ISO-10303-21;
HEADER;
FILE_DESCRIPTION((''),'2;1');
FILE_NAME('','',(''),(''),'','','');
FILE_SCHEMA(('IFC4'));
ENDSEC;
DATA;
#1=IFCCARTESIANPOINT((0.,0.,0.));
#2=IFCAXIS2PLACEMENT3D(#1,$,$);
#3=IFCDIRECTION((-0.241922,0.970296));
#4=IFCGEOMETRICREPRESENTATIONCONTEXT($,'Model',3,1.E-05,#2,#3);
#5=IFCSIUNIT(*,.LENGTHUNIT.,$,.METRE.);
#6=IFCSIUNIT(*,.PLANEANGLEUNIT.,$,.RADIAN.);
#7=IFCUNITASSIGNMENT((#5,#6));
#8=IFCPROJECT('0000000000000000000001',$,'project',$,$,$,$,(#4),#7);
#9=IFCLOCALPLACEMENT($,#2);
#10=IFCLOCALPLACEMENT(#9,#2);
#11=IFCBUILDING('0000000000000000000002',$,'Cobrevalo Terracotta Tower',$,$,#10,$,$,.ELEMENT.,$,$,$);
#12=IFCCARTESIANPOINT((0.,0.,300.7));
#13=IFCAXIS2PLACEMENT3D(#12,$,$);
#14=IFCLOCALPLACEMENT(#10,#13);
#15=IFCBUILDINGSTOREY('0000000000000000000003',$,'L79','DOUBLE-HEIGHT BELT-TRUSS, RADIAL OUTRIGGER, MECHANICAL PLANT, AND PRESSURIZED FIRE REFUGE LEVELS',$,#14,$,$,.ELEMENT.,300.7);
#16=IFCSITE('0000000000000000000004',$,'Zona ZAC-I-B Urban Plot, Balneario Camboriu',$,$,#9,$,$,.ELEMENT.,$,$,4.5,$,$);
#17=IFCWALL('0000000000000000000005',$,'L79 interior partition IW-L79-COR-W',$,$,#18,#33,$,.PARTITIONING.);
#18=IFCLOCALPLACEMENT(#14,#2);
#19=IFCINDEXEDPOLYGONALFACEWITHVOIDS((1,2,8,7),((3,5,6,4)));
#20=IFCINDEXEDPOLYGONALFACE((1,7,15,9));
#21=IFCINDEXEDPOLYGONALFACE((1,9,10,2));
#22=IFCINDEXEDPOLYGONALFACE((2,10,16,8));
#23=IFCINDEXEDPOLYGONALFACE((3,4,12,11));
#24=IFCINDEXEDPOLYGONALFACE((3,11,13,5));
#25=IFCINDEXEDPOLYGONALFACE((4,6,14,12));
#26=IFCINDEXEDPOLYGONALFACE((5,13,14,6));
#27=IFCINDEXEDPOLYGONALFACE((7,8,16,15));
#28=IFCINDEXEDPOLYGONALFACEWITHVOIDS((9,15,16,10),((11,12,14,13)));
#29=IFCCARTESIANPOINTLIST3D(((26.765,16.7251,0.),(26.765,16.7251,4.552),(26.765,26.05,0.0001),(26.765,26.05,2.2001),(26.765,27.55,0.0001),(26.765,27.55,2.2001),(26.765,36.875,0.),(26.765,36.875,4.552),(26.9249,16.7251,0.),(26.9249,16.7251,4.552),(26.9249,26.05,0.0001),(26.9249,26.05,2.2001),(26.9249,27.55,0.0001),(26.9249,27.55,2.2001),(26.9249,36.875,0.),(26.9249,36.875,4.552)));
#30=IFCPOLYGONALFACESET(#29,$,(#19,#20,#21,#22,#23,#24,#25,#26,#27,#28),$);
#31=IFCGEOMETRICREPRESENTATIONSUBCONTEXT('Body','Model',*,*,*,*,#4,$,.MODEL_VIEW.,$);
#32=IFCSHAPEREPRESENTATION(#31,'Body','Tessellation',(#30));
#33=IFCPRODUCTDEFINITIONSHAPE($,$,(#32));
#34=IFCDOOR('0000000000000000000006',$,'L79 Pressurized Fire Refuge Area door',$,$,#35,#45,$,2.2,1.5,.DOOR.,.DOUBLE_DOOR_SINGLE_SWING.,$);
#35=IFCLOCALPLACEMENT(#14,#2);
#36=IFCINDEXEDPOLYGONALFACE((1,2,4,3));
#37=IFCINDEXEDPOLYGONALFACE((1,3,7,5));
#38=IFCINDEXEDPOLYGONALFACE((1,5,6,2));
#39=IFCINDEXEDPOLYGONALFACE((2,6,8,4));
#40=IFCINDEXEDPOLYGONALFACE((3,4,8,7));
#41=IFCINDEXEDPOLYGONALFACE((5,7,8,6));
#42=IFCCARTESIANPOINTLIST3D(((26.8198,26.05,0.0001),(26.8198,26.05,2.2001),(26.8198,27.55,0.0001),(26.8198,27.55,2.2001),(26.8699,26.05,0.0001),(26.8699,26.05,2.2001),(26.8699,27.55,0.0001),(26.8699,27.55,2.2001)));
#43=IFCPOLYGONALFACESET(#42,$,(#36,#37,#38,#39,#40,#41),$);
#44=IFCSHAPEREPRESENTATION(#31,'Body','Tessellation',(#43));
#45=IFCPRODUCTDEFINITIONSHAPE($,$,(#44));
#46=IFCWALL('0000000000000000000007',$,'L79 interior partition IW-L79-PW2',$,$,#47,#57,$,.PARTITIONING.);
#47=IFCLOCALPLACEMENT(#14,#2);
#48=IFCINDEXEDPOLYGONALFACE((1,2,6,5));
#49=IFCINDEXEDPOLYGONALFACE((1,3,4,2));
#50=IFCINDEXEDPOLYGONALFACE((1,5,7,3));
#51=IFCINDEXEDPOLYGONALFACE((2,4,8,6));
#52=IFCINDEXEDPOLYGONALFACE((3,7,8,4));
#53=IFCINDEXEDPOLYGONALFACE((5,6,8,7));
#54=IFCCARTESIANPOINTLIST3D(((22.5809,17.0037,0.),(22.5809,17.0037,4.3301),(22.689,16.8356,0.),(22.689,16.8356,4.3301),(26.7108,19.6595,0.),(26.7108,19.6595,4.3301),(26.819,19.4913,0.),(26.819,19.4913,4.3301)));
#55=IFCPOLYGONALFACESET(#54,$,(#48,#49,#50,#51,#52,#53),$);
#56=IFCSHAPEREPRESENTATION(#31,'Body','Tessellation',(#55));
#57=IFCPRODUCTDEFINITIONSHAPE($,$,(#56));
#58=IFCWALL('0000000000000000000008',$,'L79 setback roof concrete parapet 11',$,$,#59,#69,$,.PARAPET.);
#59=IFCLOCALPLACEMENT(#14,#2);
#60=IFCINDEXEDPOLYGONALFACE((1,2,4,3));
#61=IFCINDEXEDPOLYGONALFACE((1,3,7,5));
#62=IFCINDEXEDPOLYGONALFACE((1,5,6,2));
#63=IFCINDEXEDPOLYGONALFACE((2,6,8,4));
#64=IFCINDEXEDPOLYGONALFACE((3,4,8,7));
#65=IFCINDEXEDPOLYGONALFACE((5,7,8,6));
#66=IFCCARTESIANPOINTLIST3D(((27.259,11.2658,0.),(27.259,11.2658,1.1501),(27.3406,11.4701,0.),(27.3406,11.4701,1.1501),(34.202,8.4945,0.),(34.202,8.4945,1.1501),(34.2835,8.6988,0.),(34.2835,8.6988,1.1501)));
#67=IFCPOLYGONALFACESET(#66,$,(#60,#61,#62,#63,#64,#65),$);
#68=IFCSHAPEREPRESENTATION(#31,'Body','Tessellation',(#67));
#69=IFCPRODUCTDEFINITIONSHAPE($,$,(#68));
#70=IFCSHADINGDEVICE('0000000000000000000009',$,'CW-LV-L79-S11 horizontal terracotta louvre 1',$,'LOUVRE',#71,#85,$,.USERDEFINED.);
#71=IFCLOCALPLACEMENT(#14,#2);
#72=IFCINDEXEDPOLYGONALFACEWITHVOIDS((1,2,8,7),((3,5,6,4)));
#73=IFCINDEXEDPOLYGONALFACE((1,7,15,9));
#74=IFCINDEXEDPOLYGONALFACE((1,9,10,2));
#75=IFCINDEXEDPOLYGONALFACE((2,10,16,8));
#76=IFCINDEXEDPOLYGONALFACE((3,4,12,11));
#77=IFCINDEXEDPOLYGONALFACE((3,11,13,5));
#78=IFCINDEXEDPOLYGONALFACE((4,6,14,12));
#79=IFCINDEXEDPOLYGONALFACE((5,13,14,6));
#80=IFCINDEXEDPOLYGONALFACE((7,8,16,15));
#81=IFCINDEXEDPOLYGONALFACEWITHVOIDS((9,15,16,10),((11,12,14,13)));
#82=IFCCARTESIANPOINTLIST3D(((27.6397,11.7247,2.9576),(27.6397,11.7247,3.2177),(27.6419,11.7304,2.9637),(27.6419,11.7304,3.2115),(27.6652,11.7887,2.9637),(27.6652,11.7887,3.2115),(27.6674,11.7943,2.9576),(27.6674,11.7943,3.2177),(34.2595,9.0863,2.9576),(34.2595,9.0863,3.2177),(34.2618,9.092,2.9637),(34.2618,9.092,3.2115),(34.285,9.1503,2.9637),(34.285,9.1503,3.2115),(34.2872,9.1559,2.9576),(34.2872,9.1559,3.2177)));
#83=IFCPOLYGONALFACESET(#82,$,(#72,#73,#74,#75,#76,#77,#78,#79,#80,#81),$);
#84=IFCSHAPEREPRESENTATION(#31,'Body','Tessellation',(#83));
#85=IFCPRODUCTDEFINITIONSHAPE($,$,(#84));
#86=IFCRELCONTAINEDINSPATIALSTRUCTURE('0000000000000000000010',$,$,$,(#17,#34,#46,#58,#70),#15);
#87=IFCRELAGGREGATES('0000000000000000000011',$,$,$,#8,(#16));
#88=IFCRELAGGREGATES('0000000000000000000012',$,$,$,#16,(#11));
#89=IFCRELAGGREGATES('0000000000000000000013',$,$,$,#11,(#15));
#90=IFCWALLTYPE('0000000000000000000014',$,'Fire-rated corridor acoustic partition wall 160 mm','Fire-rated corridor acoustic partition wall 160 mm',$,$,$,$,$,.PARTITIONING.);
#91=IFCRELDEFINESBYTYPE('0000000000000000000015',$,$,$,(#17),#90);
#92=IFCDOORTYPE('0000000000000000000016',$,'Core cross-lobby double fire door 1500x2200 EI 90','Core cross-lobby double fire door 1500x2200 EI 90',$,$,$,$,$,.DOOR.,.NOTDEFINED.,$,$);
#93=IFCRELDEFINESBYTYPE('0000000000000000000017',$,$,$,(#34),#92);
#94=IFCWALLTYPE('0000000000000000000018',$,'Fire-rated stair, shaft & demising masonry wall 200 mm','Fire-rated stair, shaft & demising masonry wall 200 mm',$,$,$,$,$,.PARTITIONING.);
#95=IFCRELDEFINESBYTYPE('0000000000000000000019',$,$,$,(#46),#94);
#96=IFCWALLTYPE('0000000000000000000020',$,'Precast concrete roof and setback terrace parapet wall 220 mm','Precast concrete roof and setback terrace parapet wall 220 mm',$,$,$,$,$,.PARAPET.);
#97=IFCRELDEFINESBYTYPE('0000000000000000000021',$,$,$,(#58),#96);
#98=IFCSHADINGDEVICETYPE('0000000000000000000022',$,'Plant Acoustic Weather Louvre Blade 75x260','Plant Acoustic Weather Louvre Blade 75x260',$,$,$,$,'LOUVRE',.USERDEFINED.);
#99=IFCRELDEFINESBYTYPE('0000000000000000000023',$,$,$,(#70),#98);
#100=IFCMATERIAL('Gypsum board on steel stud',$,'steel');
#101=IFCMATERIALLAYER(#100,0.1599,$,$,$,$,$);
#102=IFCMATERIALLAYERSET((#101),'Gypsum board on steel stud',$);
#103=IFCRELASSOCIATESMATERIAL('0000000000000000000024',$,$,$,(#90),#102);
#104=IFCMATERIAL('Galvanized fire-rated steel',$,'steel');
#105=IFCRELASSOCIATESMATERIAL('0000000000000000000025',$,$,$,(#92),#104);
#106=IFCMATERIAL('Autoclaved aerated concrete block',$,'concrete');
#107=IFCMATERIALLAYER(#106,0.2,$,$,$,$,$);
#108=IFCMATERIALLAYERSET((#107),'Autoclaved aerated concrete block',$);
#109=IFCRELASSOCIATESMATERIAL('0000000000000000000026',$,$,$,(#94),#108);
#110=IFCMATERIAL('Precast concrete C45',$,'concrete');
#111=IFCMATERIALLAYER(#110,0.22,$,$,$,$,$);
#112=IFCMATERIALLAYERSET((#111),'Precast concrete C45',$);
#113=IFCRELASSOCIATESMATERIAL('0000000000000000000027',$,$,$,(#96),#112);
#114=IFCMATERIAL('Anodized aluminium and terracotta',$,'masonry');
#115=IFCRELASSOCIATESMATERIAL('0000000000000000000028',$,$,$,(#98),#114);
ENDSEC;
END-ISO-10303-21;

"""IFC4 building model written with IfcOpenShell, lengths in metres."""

from ifc_helpers import new_model, si_unit, direction, frame, frame_2d, origin, origin_2d, place, context, subcontext, project, spatial, rectangle, hollow_rectangle, extrude, source, transform, mapped, material, layer, layer_set, material_profile, profile_set, type_object, element, fill, save


model = new_model("IFC4")

# Units and contexts
model_context = context("Model", 3, precision=1e-05, world=origin(), true_north=direction((-0.241922, 0.970296)))
body_context = subcontext(model_context, "Body", "Model", "MODEL_VIEW")
ifc_project = project(units=[si_unit("LENGTHUNIT", "METRE"), si_unit("PLANEANGLEUNIT", "RADIAN")], contexts=[model_context])

# Site, building, storey
site_placement = place(None, origin())
site = spatial("IfcSite", under=ifc_project, at=site_placement, Name="Zona ZAC-I-B Urban Plot, Balneario Camboriu", CompositionType="ELEMENT", RefElevation=4.5)
building_placement = place(site_placement, origin())
building = spatial("IfcBuilding", under=site, at=building_placement, Name="Cobrevalo Terracotta Tower", CompositionType="ELEMENT")
storey_placement = place(building_placement, frame((0.0, 0.0, 300.7)))
storey = spatial("IfcBuildingStorey", under=building, at=storey_placement, Name="L79", Description="DOUBLE-HEIGHT BELT-TRUSS, RADIAL OUTRIGGER, MECHANICAL PLANT, AND PRESSURIZED FIRE REFUGE LEVELS", CompositionType="ELEMENT", Elevation=300.7)

# Wall, opening, door
ifc_material_1 = material(Name="Gypsum board on steel stud", Category="steel")
ifc_layer_1 = layer(ifc_material_1, 0.1599)
ifc_layer_set_1 = layer_set([ifc_layer_1], Name="Gypsum board on steel stud")
wall_type_1 = type_object("IfcWallType", Name="Fire-rated corridor acoustic partition wall 160 mm", Description="Fire-rated corridor acoustic partition wall 160 mm", PredefinedType="PARTITIONING", material=ifc_layer_set_1)
ifc_material_2 = material(Name="Galvanized fire-rated steel", Category="steel")
wall_1_placement = place(storey_placement, frame((26.845, 16.7251, 0.0), z_axis=(0.0, 0.0, 1.0), x_axis=(0.0, 1.0, 0.0)))
wall_1 = element("IfcWall", 1, at=wall_1_placement, inside=storey, type_object=wall_type_1, Name="L79 interior partition IW-L79-COR-W", PredefinedType="PARTITIONING", context=body_context, shape_type="SweptSolid", body=[
    extrude(rectangle(XDim=20.1499, YDim=0.1599, at=frame_2d((10.075, 0.0))), origin(), (0.0, 0.0, 1.0), 4.552),
])
opening_1_placement = place(wall_1_placement, frame((9.325, 0.0, 0.0)))
opening_1 = element("IfcOpeningElement", 2, at=opening_1_placement, cuts=wall_1, PredefinedType="OPENING", context=body_context, shape_type="SweptSolid", body=[
    extrude(rectangle(XDim=1.5, YDim=2.2, at=frame_2d((0.75, 1.1001))), frame((0.0, 0.0898, 0.0), z_axis=(0.0, -1.0, 0.0), x_axis=(1.0, 0.0, 0.0)), (0.0, 0.0, 1.0), 0.1799),
])
door_type_1 = type_object("IfcDoorType", Name="Core cross-lobby double fire door 1500x2200 EI 90", Description="Core cross-lobby double fire door 1500x2200 EI 90", OperationType="NOTDEFINED", PredefinedType="DOOR", material=ifc_material_2)
shared_shape_1 = source(origin(), body_context, "Body", "SweptSolid", [
    extrude(rectangle(XDim=1.5, YDim=2.2, at=frame_2d((0.75, 1.1001))), frame((0.0, 0.0249, 0.0), z_axis=(0.0, -1.0, 0.0), x_axis=(1.0, 0.0, 0.0)), (0.0, 0.0, 1.0), 0.05),
])
door_1_placement = place(opening_1_placement, frame((1.5, 0.0, 0.0), z_axis=(0.0, 0.0, 1.0), x_axis=(-1.0, 0.0, 0.0)))
door_1 = element("IfcDoor", 3, at=door_1_placement, inside=storey, type_object=door_type_1, Name="L79 Pressurized Fire Refuge Area door", OperationType="DOUBLE_DOOR_SINGLE_SWING", OverallHeight=2.2, OverallWidth=1.5, PredefinedType="DOOR", context=body_context, shape_type="MappedRepresentation", body=[
    mapped(shared_shape_1, transform((0.0, 0.0, 0.0), scale=1.0)),
])
fill(opening_1, door_1)

# Walls
ifc_material_3 = material(Name="Autoclaved aerated concrete block", Category="concrete")
ifc_layer_2 = layer(ifc_material_3, 0.2)
ifc_layer_set_2 = layer_set([ifc_layer_2], Name="Autoclaved aerated concrete block")
wall_type_2 = type_object("IfcWallType", Name="Fire-rated stair, shaft & demising masonry wall 200 mm", Description="Fire-rated stair, shaft & demising masonry wall 200 mm", PredefinedType="PARTITIONING", material=ifc_layer_set_2)
wall_2_placement = place(storey_placement, frame((26.7649, 19.5754, 0.0), z_axis=(0.0, 0.0, 1.0), x_axis=(-0.841101, -0.540878, 0.0)))
element("IfcWall", 4, at=wall_2_placement, inside=storey, type_object=wall_type_2, Name="L79 interior partition IW-L79-PW2", PredefinedType="PARTITIONING", context=body_context, shape_type="SweptSolid", body=[
    extrude(rectangle(XDim=4.9102, YDim=0.2, at=frame_2d((2.4551, 0.0))), origin(), (0.0, 0.0, 1.0), 4.3301),
])
ifc_material_4 = material(Name="Precast concrete C45", Category="concrete")
ifc_layer_3 = layer(ifc_material_4, 0.22)
ifc_layer_set_3 = layer_set([ifc_layer_3], Name="Precast concrete C45")
wall_type_3 = type_object("IfcWallType", Name="Precast concrete roof and setback terrace parapet wall 220 mm", Description="Precast concrete roof and setback terrace parapet wall 220 mm", PredefinedType="PARAPET", material=ifc_layer_set_3)
wall_3_placement = place(storey_placement, frame((27.2998, 11.3679, 0.0), z_axis=(0.0, 0.0, 1.0), x_axis=(0.928749, -0.370709, 0.0)))
element("IfcWall", 5, at=wall_3_placement, inside=storey, type_object=wall_type_3, Name="L79 setback roof concrete parapet 11", PredefinedType="PARAPET", context=body_context, shape_type="SweptSolid", body=[
    extrude(rectangle(XDim=7.4756, YDim=0.22, at=frame_2d((3.7378, 0.0))), origin(), (0.0, 0.0, 1.0), 1.1501),
])

# Shading device
ifc_material_5 = material(Name="Anodized aluminium and terracotta", Category="masonry")
ifc_material_profile_1 = material_profile(ifc_material_5, hollow_rectangle(XDim=0.075, YDim=0.26, WallThickness=0.0061, at=origin_2d()), Name="LOUVRE BLADE 75x260")
ifc_profile_set_1 = profile_set([ifc_material_profile_1], Name="Anodized aluminium and terracotta")
shading_device_type = type_object("IfcShadingDeviceType", Name="Plant Acoustic Weather Louvre Blade 75x260", Description="Plant Acoustic Weather Louvre Blade 75x260", ElementType="LOUVRE", PredefinedType="USERDEFINED", material=ifc_profile_set_1)
shared_shape_2 = source(origin(), body_context, "Body", "SweptSolid", [
    extrude(hollow_rectangle(XDim=0.075, YDim=0.26, WallThickness=0.0061, at=origin_2d()), origin(), (0.0, 0.0, 1.0), 7.1262),
])
shading_device_placement = place(storey_placement, frame((27.6536, 11.7595, 3.0876), z_axis=(0.928937, -0.370239, 0.0), x_axis=(0.370239, 0.928937, 0.0)))
element("IfcShadingDevice", 6, at=shading_device_placement, inside=storey, type_object=shading_device_type, Name="CW-LV-L79-S11 horizontal terracotta louvre 1", ObjectType="LOUVRE", PredefinedType="USERDEFINED", context=body_context, shape_type="MappedRepresentation", body=[
    mapped(shared_shape_2, transform((0.0, 0.0, 0.0), scale=1.0)),
])

save(model, "model.ifc")
